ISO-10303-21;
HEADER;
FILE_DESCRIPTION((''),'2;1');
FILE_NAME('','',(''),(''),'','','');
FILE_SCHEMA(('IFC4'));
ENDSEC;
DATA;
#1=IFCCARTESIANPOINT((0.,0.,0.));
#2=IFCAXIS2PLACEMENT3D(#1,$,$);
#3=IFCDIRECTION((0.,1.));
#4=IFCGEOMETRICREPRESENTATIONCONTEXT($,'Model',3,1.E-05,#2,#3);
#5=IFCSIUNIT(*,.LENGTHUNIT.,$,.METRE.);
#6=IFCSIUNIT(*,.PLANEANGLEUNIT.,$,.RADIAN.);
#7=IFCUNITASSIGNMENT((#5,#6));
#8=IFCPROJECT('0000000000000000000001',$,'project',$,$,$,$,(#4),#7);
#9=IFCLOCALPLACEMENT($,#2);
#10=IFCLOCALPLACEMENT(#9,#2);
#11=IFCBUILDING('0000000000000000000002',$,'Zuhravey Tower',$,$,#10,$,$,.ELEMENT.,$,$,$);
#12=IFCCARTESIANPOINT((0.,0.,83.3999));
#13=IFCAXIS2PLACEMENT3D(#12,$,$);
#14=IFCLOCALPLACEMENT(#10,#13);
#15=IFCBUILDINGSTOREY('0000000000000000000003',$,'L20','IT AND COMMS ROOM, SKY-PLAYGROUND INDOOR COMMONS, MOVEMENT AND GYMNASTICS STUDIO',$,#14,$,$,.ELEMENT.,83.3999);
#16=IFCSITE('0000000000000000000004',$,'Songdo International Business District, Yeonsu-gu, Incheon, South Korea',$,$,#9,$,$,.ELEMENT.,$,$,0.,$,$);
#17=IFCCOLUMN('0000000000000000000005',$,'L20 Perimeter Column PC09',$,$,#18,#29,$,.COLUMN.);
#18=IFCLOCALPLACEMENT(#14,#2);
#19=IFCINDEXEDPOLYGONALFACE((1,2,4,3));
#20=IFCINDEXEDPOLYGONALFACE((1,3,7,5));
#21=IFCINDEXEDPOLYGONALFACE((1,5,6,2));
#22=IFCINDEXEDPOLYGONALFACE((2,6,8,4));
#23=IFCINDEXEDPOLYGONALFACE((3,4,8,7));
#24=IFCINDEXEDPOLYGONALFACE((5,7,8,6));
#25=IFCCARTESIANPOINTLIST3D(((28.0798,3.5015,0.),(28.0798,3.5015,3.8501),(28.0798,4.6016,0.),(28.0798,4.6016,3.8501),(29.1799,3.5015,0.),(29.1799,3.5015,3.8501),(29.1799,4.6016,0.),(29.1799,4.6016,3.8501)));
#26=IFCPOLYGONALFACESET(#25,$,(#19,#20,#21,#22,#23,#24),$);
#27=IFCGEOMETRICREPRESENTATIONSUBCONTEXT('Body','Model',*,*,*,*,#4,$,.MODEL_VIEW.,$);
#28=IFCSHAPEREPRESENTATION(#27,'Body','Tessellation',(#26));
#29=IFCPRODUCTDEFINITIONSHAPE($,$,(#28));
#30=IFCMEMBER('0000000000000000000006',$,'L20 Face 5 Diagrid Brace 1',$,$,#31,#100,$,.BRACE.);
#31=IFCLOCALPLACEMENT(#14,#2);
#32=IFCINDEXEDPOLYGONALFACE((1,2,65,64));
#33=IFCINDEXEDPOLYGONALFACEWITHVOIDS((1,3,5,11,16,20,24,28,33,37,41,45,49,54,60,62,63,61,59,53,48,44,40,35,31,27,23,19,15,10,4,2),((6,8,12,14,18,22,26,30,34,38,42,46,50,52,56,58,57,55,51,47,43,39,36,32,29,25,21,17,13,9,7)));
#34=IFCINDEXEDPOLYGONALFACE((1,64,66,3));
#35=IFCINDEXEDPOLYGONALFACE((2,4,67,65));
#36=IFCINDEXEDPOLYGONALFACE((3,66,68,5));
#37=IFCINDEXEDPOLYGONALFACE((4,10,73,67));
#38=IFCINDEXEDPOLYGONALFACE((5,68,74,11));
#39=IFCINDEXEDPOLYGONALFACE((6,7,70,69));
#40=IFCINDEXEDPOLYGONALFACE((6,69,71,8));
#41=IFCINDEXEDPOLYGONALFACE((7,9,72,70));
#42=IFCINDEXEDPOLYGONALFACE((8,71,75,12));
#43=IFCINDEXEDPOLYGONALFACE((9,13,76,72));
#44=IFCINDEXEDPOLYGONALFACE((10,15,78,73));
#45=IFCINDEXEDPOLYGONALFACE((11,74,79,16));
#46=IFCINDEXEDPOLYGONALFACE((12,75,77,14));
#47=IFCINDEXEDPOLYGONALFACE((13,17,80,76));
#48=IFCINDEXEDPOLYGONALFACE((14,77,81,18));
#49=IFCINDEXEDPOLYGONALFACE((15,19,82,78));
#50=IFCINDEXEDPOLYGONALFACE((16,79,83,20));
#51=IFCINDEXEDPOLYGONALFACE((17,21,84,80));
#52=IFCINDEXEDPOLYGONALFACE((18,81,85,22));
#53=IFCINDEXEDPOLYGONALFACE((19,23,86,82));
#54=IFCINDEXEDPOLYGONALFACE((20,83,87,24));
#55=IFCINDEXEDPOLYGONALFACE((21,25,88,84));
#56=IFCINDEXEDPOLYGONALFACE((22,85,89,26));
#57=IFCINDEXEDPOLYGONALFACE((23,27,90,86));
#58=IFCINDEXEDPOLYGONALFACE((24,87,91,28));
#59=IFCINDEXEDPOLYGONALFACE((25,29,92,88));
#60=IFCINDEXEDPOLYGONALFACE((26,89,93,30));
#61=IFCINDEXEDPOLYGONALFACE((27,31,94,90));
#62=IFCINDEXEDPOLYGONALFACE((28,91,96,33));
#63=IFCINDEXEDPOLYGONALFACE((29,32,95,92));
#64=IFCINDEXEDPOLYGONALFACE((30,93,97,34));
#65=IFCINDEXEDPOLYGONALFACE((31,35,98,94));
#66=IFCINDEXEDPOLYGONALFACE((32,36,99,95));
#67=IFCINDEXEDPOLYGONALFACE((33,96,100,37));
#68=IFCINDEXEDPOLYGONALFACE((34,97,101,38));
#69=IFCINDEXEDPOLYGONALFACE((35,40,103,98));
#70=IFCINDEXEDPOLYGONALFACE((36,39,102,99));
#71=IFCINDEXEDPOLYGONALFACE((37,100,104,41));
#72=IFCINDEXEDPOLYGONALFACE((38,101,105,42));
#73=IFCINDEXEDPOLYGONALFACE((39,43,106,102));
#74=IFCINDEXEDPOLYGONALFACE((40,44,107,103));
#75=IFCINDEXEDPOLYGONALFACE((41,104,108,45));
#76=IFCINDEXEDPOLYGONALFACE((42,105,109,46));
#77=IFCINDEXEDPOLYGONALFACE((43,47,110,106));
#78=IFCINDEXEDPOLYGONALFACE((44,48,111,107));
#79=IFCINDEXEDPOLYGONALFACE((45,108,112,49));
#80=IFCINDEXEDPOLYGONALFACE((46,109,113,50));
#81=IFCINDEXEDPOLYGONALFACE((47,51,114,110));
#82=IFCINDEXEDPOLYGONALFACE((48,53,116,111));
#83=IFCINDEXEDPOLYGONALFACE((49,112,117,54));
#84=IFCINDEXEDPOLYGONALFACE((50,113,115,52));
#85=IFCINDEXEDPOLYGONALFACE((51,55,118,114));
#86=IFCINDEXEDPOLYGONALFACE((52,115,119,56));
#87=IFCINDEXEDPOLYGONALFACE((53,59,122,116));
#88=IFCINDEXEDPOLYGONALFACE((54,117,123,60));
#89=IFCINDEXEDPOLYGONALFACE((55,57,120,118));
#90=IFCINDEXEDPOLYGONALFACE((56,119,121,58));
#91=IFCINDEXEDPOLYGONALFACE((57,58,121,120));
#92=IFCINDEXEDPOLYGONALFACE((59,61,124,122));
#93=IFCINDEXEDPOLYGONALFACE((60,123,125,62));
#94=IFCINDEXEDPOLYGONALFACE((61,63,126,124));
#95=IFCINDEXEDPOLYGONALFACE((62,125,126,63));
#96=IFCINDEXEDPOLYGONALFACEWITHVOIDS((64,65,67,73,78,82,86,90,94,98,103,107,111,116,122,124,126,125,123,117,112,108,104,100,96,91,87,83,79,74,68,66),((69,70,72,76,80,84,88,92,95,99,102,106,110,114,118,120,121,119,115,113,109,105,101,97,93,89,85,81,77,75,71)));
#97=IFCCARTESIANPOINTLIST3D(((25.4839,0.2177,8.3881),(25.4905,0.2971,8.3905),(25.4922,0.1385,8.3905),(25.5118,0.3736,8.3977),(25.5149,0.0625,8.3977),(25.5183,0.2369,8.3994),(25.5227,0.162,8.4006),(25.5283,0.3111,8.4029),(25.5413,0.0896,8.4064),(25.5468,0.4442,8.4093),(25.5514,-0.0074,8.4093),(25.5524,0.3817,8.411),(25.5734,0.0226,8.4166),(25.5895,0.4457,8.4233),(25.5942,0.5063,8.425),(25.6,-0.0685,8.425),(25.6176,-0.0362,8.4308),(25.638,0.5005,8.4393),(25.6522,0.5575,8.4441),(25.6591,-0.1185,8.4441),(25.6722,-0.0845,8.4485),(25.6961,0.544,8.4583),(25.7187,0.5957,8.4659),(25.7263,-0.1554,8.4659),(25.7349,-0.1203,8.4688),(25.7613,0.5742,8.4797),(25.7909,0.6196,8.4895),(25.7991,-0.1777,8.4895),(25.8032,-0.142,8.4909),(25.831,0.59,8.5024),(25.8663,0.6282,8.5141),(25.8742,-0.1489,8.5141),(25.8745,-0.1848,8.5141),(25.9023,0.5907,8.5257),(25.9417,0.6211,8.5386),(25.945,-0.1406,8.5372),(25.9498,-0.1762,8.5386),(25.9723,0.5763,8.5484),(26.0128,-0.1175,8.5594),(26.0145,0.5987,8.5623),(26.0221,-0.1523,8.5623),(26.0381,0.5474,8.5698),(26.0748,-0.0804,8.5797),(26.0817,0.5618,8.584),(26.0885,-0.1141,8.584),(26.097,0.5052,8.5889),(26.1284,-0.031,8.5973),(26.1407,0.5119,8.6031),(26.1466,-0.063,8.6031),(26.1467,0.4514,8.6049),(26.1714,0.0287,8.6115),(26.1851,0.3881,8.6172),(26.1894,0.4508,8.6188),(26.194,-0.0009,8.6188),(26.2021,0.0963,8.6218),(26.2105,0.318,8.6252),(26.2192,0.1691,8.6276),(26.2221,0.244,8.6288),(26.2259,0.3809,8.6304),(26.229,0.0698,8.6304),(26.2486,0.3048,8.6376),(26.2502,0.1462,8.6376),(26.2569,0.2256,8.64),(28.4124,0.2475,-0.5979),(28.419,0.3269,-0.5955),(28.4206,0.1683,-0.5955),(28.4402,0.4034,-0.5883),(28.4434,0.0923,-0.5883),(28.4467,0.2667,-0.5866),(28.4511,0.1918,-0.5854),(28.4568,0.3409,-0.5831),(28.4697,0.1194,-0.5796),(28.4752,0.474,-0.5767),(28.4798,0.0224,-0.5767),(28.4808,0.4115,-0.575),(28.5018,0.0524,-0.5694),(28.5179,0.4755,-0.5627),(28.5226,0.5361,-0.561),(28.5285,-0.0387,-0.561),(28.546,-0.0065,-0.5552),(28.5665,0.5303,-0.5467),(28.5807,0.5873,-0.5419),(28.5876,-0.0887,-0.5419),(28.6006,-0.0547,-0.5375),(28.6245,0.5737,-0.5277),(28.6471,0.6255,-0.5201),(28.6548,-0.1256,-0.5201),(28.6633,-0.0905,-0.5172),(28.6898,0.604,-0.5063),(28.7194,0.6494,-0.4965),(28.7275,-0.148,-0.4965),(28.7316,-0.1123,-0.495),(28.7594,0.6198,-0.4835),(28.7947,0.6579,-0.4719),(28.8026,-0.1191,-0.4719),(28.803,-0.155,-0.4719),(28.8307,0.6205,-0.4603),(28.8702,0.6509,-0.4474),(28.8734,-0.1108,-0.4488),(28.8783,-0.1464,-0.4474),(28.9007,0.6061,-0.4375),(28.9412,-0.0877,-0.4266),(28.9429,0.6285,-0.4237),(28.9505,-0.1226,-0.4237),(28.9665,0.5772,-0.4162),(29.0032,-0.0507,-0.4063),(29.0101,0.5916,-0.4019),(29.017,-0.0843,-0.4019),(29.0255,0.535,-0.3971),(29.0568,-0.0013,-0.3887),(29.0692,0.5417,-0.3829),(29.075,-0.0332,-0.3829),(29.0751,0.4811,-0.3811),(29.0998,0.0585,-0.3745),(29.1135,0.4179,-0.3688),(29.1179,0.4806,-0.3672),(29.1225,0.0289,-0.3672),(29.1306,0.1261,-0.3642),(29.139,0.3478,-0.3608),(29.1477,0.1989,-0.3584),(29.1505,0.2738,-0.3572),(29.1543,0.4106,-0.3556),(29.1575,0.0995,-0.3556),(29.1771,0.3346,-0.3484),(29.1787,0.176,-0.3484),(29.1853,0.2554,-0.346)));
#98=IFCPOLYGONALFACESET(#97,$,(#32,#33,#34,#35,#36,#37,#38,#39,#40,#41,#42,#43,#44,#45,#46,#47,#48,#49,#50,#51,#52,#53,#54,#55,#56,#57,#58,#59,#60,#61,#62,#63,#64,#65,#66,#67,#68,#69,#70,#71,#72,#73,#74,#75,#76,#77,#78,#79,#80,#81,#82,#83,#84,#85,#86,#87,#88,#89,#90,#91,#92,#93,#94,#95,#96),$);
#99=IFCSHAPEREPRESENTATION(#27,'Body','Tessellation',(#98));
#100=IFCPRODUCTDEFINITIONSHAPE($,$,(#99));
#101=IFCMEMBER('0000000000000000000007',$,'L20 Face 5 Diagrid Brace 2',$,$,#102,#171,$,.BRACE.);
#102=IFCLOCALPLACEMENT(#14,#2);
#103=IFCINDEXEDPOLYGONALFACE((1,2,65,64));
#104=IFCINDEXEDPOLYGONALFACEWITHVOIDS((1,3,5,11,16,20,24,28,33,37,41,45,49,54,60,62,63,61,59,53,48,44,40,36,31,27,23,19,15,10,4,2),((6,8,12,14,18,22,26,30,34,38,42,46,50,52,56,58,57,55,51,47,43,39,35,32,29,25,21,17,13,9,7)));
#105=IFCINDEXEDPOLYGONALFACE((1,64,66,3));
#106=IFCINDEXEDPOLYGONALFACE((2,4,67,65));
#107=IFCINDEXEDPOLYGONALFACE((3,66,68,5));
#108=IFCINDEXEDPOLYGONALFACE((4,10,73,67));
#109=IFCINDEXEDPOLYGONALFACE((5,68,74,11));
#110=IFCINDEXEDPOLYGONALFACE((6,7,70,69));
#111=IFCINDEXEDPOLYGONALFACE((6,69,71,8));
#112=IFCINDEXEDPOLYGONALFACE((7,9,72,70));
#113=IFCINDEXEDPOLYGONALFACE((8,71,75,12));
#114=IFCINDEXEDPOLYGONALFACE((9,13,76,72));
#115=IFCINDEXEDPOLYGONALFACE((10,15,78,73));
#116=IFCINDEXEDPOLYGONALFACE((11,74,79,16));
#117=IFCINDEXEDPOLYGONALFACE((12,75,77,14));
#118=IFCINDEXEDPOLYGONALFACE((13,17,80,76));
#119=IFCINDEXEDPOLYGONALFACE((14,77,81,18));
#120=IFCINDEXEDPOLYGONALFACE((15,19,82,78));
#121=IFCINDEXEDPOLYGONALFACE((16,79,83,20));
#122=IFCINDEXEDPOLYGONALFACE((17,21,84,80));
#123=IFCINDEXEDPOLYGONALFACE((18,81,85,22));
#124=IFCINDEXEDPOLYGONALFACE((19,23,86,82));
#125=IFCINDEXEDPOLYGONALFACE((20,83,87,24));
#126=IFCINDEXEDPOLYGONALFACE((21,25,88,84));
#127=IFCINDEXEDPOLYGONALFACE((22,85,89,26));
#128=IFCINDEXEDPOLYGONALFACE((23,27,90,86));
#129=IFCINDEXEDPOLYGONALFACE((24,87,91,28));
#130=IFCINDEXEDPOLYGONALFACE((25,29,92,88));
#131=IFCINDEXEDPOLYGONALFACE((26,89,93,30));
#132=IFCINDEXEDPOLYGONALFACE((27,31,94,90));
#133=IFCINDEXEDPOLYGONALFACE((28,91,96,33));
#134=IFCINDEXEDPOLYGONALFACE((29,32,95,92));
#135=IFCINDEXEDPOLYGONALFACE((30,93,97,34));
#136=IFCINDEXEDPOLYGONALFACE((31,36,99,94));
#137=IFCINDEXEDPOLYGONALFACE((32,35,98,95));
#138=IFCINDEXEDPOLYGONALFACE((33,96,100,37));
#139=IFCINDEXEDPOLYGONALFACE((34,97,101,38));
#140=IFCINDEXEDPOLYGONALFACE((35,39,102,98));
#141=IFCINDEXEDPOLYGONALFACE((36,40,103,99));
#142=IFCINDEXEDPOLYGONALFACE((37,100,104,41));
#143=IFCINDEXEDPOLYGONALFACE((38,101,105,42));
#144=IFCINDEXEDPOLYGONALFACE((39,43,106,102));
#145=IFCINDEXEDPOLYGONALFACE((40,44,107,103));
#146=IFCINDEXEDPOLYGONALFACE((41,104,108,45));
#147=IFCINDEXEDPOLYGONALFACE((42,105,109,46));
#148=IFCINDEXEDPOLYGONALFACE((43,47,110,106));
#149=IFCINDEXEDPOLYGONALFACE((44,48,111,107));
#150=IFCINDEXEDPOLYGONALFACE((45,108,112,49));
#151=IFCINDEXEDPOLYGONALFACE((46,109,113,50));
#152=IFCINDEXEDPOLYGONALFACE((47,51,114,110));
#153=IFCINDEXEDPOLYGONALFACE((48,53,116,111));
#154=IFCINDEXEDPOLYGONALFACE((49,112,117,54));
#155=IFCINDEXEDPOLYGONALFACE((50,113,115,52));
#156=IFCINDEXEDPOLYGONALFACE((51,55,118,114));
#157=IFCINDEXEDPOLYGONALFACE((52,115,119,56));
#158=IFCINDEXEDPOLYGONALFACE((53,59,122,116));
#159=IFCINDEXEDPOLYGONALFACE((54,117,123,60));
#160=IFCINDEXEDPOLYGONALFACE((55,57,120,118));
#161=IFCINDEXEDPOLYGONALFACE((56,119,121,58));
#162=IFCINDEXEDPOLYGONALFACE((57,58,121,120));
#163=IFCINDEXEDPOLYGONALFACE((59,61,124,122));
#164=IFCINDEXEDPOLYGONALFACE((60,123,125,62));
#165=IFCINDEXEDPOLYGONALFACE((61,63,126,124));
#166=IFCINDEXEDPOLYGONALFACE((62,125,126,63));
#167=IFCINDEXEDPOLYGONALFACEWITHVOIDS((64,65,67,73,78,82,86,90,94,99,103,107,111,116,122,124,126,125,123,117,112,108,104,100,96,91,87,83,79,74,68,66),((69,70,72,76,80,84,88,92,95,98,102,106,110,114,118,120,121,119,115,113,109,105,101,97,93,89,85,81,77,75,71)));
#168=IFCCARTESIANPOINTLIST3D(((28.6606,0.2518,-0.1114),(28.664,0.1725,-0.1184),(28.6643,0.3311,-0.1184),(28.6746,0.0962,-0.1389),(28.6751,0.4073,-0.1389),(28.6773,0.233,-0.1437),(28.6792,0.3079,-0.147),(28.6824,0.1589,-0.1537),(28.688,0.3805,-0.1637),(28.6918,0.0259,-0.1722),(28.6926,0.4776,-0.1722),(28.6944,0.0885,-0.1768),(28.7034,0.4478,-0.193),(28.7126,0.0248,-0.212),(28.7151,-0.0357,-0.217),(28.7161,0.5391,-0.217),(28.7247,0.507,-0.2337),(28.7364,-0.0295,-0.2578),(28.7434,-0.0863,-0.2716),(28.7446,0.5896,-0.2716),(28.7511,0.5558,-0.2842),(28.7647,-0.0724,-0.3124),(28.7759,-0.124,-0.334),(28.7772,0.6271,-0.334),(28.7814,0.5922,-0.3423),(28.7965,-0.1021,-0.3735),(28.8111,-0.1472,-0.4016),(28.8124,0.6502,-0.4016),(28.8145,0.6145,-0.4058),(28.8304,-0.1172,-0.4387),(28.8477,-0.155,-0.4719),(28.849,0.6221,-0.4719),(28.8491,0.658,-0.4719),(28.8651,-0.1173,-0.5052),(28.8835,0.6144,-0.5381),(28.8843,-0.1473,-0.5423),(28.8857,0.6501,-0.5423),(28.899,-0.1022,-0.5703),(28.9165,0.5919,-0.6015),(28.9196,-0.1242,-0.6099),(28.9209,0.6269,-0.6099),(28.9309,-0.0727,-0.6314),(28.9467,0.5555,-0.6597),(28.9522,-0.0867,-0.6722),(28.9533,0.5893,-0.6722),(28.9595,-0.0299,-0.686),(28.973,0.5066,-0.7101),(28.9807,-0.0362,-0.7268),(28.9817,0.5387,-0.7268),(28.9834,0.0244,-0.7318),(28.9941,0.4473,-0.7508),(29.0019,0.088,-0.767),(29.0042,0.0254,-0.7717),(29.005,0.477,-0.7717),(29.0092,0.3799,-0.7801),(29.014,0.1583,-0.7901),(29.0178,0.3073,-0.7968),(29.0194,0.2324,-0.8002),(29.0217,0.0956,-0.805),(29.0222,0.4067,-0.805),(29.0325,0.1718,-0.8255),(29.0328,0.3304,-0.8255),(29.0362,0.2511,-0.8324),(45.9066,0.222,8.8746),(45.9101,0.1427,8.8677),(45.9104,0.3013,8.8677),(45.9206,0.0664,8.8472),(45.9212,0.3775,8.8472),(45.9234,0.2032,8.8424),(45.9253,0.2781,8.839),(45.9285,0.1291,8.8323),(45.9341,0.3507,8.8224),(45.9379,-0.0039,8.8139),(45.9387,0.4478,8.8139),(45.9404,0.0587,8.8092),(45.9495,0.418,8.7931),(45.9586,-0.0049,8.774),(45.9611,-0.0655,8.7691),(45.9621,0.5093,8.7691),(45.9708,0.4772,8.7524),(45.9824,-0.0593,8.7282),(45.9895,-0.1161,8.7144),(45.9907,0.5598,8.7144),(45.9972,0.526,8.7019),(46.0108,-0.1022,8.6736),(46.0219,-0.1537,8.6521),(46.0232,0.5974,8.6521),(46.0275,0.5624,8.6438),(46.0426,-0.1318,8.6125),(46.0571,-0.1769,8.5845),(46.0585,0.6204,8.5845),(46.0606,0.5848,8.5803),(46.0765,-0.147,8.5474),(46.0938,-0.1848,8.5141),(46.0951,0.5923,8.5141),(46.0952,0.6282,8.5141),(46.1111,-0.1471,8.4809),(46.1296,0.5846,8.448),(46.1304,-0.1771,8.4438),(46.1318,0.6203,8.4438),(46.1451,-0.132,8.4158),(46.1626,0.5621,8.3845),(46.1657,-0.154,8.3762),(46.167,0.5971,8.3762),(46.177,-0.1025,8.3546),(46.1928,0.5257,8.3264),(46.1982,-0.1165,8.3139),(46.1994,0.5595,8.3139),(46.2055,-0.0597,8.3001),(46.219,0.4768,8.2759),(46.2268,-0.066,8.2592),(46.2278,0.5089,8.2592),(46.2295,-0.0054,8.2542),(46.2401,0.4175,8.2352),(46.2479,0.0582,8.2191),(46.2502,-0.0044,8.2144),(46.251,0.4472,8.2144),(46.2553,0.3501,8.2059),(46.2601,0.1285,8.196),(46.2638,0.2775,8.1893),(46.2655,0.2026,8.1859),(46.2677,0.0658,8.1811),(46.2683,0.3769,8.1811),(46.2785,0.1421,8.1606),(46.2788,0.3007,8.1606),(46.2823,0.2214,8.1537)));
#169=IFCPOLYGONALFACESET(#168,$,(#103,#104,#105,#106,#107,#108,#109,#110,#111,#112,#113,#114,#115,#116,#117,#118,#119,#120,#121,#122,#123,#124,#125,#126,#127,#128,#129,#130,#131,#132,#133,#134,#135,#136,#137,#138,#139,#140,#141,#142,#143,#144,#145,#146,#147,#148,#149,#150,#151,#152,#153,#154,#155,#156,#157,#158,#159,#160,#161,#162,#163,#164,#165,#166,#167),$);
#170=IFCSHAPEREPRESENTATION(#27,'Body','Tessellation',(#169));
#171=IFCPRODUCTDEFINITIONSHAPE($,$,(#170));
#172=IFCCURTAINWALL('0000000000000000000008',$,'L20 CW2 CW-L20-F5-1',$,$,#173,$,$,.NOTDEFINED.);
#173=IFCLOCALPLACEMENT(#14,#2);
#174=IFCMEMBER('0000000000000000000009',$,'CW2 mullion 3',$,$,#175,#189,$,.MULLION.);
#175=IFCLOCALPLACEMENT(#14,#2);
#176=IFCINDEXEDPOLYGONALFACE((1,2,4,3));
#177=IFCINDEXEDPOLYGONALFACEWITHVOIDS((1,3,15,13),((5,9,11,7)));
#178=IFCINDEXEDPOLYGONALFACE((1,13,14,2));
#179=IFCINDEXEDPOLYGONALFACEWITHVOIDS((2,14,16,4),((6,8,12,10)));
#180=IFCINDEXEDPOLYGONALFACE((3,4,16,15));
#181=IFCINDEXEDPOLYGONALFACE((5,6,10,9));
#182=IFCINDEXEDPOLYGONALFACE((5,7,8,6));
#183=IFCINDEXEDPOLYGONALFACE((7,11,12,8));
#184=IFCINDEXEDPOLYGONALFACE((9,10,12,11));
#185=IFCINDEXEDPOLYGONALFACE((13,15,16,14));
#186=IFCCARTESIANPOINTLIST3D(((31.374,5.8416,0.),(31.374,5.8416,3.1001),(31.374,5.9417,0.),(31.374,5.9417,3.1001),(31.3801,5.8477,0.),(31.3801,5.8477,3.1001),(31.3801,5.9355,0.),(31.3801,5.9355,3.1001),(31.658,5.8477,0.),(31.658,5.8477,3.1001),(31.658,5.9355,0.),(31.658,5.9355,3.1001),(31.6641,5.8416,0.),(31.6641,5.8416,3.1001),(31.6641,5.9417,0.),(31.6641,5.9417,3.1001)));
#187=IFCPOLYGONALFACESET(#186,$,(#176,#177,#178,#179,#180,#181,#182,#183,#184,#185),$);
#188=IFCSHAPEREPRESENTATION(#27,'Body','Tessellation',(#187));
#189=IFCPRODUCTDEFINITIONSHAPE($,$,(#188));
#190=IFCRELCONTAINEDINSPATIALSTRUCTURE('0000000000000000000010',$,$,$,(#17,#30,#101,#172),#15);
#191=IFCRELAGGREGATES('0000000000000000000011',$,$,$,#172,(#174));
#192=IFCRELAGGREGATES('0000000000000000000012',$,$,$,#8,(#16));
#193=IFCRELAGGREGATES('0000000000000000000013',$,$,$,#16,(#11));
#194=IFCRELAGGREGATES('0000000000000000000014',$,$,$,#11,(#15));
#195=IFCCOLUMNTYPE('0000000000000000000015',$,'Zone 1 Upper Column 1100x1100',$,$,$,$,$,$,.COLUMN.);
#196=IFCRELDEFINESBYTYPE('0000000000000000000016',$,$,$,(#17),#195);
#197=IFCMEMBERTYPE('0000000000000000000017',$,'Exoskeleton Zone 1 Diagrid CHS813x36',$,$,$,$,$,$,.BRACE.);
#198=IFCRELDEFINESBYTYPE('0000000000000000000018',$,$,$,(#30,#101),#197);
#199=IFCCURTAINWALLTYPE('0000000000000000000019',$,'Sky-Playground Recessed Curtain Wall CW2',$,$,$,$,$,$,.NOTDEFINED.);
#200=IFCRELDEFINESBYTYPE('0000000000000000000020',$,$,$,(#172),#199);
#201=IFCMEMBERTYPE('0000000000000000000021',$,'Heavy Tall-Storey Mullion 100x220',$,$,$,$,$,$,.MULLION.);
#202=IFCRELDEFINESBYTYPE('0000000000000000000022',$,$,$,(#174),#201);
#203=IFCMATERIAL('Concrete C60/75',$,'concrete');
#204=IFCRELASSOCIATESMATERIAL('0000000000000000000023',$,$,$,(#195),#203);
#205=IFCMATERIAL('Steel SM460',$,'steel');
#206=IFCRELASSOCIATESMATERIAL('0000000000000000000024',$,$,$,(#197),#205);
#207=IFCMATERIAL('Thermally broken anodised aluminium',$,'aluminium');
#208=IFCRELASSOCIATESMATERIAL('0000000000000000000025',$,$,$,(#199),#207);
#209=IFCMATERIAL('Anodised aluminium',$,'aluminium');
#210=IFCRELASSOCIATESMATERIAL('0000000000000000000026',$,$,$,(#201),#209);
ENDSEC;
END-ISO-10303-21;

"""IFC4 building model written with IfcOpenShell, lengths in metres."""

from ifc_helpers import new_model, si_unit, direction, frame, origin, origin_2d, place, context, subcontext, project, spatial, rectangle, hollow_rectangle, hollow_circle, extrude, material, material_profile, profile_set, type_object, element, aggregate, save


model = new_model("IFC4")

# Units and contexts
model_context = context("Model", 3, precision=1e-05, world=origin(), true_north=direction((0.0, 1.0)))
body_context = subcontext(model_context, "Body", "Model", "MODEL_VIEW")
ifc_project = project(units=[si_unit("LENGTHUNIT", "METRE"), si_unit("PLANEANGLEUNIT", "RADIAN")], contexts=[model_context])

# Site, building, storey
site_placement = place(None, origin())
site = spatial("IfcSite", under=ifc_project, at=site_placement, Name="Songdo International Business District, Yeonsu-gu, Incheon, South Korea", CompositionType="ELEMENT", RefElevation=0.0)
building_placement = place(site_placement, origin())
building = spatial("IfcBuilding", under=site, at=building_placement, Name="Zuhravey Tower", CompositionType="ELEMENT")
storey_placement = place(building_placement, frame((0.0, 0.0, 83.3999)))
storey = spatial("IfcBuildingStorey", under=building, at=storey_placement, Name="L20", Description="IT AND COMMS ROOM, SKY-PLAYGROUND INDOOR COMMONS, MOVEMENT AND GYMNASTICS STUDIO", CompositionType="ELEMENT", Elevation=83.3999)

# Column
ifc_material_1 = material(Name="Concrete C60/75", Category="concrete")
ifc_material_profile_1 = material_profile(ifc_material_1, rectangle(XDim=1.1001, YDim=1.1001, at=origin_2d()), Name="RC-1100x1100")
ifc_profile_set_1 = profile_set([ifc_material_profile_1], Name="Concrete C60/75")
column_type = type_object("IfcColumnType", Name="Zone 1 Upper Column 1100x1100", PredefinedType="COLUMN", material=ifc_profile_set_1)
column_placement = place(storey_placement, frame((28.6299, 4.0515, 0.0), z_axis=(0.0, 0.0, 1.0), x_axis=(1.0, 0.0, 0.0)))
element("IfcColumn", 1, at=column_placement, inside=storey, type_object=column_type, Name="L20 Perimeter Column PC09", PredefinedType="COLUMN", context=body_context, shape_type="SweptSolid", body=[
    extrude(rectangle(XDim=1.1001, YDim=1.1001, at=origin_2d()), origin(), (0.0, 0.0, 1.0), 3.8501),
])

# Members
ifc_material_2 = material(Name="Steel SM460", Category="steel")
ifc_material_profile_2 = material_profile(ifc_material_2, hollow_circle(Radius=0.4065, WallThickness=0.0359, at=origin_2d()), Name="CHS-812.8x36")
ifc_profile_set_2 = profile_set([ifc_material_profile_2], Name="Steel SM460")
member_type_1 = type_object("IfcMemberType", Name="Exoskeleton Zone 1 Diagrid CHS813x36", PredefinedType="BRACE", material=ifc_profile_set_2)
member_1_placement = place(storey_placement, frame((28.7988, 0.2515, -0.4719), z_axis=(-0.309849, -0.003151, 0.950781), x_axis=(0.01017, -0.999948, 0.0)))
element("IfcMember", 2, at=member_1_placement, inside=storey, type_object=member_type_1, Name="L20 Face 5 Diagrid Brace 1", PredefinedType="BRACE", context=body_context, shape_type="SweptSolid", body=[
    extrude(hollow_circle(Radius=0.4065, WallThickness=0.0359, at=origin_2d()), origin(), (0.0, 0.0, 1.0), 9.4512),
])
member_2_placement = place(storey_placement, frame((28.8484, 0.2515, -0.4719), z_axis=(0.886834, -0.001532, 0.462085), x_axis=(0.001727, 0.999999, 0.0)))
element("IfcMember", 3, at=member_2_placement, inside=storey, type_object=member_type_1, Name="L20 Face 5 Diagrid Brace 2", PredefinedType="BRACE", context=body_context, shape_type="SweptSolid", body=[
    extrude(hollow_circle(Radius=0.4065, WallThickness=0.0359, at=origin_2d()), origin(), (0.0, 0.0, 1.0), 19.4468),
])

# Curtain wall, member
ifc_material_3 = material(Name="Thermally broken anodised aluminium", Category="aluminium")
curtain_wall_type = type_object("IfcCurtainWallType", Name="Sky-Playground Recessed Curtain Wall CW2", PredefinedType="NOTDEFINED", material=ifc_material_3)
curtain_wall_placement = place(storey_placement, origin())
curtain_wall = element("IfcCurtainWall", 4, at=curtain_wall_placement, inside=storey, type_object=curtain_wall_type, Name="L20 CW2 CW-L20-F5-1", PredefinedType="NOTDEFINED")
ifc_material_4 = material(Name="Anodised aluminium", Category="aluminium")
ifc_material_profile_3 = material_profile(ifc_material_4, hollow_rectangle(XDim=0.1001, YDim=0.29, WallThickness=0.0061, at=origin_2d()), Name="ALU-RHS-100x290x6")
ifc_profile_set_3 = profile_set([ifc_material_profile_3], Name="Anodised aluminium")
member_type_2 = type_object("IfcMemberType", Name="Heavy Tall-Storey Mullion 100x220", PredefinedType="MULLION", material=ifc_profile_set_3)
member_3_placement = place(storey_placement, frame((31.519, 5.8916, 0.0), z_axis=(0.0, 0.0, 1.0), x_axis=(0.0, -1.0, 0.0)))
member_3 = element("IfcMember", 5, at=member_3_placement, type_object=member_type_2, Name="CW2 mullion 3", PredefinedType="MULLION", context=body_context, shape_type="SweptSolid", body=[
    extrude(hollow_rectangle(XDim=0.1001, YDim=0.29, WallThickness=0.0061, at=origin_2d()), origin(), (0.0, 0.0, 1.0), 3.1001),
])

aggregate(curtain_wall, [member_3])

save(model, "model.ifc")
